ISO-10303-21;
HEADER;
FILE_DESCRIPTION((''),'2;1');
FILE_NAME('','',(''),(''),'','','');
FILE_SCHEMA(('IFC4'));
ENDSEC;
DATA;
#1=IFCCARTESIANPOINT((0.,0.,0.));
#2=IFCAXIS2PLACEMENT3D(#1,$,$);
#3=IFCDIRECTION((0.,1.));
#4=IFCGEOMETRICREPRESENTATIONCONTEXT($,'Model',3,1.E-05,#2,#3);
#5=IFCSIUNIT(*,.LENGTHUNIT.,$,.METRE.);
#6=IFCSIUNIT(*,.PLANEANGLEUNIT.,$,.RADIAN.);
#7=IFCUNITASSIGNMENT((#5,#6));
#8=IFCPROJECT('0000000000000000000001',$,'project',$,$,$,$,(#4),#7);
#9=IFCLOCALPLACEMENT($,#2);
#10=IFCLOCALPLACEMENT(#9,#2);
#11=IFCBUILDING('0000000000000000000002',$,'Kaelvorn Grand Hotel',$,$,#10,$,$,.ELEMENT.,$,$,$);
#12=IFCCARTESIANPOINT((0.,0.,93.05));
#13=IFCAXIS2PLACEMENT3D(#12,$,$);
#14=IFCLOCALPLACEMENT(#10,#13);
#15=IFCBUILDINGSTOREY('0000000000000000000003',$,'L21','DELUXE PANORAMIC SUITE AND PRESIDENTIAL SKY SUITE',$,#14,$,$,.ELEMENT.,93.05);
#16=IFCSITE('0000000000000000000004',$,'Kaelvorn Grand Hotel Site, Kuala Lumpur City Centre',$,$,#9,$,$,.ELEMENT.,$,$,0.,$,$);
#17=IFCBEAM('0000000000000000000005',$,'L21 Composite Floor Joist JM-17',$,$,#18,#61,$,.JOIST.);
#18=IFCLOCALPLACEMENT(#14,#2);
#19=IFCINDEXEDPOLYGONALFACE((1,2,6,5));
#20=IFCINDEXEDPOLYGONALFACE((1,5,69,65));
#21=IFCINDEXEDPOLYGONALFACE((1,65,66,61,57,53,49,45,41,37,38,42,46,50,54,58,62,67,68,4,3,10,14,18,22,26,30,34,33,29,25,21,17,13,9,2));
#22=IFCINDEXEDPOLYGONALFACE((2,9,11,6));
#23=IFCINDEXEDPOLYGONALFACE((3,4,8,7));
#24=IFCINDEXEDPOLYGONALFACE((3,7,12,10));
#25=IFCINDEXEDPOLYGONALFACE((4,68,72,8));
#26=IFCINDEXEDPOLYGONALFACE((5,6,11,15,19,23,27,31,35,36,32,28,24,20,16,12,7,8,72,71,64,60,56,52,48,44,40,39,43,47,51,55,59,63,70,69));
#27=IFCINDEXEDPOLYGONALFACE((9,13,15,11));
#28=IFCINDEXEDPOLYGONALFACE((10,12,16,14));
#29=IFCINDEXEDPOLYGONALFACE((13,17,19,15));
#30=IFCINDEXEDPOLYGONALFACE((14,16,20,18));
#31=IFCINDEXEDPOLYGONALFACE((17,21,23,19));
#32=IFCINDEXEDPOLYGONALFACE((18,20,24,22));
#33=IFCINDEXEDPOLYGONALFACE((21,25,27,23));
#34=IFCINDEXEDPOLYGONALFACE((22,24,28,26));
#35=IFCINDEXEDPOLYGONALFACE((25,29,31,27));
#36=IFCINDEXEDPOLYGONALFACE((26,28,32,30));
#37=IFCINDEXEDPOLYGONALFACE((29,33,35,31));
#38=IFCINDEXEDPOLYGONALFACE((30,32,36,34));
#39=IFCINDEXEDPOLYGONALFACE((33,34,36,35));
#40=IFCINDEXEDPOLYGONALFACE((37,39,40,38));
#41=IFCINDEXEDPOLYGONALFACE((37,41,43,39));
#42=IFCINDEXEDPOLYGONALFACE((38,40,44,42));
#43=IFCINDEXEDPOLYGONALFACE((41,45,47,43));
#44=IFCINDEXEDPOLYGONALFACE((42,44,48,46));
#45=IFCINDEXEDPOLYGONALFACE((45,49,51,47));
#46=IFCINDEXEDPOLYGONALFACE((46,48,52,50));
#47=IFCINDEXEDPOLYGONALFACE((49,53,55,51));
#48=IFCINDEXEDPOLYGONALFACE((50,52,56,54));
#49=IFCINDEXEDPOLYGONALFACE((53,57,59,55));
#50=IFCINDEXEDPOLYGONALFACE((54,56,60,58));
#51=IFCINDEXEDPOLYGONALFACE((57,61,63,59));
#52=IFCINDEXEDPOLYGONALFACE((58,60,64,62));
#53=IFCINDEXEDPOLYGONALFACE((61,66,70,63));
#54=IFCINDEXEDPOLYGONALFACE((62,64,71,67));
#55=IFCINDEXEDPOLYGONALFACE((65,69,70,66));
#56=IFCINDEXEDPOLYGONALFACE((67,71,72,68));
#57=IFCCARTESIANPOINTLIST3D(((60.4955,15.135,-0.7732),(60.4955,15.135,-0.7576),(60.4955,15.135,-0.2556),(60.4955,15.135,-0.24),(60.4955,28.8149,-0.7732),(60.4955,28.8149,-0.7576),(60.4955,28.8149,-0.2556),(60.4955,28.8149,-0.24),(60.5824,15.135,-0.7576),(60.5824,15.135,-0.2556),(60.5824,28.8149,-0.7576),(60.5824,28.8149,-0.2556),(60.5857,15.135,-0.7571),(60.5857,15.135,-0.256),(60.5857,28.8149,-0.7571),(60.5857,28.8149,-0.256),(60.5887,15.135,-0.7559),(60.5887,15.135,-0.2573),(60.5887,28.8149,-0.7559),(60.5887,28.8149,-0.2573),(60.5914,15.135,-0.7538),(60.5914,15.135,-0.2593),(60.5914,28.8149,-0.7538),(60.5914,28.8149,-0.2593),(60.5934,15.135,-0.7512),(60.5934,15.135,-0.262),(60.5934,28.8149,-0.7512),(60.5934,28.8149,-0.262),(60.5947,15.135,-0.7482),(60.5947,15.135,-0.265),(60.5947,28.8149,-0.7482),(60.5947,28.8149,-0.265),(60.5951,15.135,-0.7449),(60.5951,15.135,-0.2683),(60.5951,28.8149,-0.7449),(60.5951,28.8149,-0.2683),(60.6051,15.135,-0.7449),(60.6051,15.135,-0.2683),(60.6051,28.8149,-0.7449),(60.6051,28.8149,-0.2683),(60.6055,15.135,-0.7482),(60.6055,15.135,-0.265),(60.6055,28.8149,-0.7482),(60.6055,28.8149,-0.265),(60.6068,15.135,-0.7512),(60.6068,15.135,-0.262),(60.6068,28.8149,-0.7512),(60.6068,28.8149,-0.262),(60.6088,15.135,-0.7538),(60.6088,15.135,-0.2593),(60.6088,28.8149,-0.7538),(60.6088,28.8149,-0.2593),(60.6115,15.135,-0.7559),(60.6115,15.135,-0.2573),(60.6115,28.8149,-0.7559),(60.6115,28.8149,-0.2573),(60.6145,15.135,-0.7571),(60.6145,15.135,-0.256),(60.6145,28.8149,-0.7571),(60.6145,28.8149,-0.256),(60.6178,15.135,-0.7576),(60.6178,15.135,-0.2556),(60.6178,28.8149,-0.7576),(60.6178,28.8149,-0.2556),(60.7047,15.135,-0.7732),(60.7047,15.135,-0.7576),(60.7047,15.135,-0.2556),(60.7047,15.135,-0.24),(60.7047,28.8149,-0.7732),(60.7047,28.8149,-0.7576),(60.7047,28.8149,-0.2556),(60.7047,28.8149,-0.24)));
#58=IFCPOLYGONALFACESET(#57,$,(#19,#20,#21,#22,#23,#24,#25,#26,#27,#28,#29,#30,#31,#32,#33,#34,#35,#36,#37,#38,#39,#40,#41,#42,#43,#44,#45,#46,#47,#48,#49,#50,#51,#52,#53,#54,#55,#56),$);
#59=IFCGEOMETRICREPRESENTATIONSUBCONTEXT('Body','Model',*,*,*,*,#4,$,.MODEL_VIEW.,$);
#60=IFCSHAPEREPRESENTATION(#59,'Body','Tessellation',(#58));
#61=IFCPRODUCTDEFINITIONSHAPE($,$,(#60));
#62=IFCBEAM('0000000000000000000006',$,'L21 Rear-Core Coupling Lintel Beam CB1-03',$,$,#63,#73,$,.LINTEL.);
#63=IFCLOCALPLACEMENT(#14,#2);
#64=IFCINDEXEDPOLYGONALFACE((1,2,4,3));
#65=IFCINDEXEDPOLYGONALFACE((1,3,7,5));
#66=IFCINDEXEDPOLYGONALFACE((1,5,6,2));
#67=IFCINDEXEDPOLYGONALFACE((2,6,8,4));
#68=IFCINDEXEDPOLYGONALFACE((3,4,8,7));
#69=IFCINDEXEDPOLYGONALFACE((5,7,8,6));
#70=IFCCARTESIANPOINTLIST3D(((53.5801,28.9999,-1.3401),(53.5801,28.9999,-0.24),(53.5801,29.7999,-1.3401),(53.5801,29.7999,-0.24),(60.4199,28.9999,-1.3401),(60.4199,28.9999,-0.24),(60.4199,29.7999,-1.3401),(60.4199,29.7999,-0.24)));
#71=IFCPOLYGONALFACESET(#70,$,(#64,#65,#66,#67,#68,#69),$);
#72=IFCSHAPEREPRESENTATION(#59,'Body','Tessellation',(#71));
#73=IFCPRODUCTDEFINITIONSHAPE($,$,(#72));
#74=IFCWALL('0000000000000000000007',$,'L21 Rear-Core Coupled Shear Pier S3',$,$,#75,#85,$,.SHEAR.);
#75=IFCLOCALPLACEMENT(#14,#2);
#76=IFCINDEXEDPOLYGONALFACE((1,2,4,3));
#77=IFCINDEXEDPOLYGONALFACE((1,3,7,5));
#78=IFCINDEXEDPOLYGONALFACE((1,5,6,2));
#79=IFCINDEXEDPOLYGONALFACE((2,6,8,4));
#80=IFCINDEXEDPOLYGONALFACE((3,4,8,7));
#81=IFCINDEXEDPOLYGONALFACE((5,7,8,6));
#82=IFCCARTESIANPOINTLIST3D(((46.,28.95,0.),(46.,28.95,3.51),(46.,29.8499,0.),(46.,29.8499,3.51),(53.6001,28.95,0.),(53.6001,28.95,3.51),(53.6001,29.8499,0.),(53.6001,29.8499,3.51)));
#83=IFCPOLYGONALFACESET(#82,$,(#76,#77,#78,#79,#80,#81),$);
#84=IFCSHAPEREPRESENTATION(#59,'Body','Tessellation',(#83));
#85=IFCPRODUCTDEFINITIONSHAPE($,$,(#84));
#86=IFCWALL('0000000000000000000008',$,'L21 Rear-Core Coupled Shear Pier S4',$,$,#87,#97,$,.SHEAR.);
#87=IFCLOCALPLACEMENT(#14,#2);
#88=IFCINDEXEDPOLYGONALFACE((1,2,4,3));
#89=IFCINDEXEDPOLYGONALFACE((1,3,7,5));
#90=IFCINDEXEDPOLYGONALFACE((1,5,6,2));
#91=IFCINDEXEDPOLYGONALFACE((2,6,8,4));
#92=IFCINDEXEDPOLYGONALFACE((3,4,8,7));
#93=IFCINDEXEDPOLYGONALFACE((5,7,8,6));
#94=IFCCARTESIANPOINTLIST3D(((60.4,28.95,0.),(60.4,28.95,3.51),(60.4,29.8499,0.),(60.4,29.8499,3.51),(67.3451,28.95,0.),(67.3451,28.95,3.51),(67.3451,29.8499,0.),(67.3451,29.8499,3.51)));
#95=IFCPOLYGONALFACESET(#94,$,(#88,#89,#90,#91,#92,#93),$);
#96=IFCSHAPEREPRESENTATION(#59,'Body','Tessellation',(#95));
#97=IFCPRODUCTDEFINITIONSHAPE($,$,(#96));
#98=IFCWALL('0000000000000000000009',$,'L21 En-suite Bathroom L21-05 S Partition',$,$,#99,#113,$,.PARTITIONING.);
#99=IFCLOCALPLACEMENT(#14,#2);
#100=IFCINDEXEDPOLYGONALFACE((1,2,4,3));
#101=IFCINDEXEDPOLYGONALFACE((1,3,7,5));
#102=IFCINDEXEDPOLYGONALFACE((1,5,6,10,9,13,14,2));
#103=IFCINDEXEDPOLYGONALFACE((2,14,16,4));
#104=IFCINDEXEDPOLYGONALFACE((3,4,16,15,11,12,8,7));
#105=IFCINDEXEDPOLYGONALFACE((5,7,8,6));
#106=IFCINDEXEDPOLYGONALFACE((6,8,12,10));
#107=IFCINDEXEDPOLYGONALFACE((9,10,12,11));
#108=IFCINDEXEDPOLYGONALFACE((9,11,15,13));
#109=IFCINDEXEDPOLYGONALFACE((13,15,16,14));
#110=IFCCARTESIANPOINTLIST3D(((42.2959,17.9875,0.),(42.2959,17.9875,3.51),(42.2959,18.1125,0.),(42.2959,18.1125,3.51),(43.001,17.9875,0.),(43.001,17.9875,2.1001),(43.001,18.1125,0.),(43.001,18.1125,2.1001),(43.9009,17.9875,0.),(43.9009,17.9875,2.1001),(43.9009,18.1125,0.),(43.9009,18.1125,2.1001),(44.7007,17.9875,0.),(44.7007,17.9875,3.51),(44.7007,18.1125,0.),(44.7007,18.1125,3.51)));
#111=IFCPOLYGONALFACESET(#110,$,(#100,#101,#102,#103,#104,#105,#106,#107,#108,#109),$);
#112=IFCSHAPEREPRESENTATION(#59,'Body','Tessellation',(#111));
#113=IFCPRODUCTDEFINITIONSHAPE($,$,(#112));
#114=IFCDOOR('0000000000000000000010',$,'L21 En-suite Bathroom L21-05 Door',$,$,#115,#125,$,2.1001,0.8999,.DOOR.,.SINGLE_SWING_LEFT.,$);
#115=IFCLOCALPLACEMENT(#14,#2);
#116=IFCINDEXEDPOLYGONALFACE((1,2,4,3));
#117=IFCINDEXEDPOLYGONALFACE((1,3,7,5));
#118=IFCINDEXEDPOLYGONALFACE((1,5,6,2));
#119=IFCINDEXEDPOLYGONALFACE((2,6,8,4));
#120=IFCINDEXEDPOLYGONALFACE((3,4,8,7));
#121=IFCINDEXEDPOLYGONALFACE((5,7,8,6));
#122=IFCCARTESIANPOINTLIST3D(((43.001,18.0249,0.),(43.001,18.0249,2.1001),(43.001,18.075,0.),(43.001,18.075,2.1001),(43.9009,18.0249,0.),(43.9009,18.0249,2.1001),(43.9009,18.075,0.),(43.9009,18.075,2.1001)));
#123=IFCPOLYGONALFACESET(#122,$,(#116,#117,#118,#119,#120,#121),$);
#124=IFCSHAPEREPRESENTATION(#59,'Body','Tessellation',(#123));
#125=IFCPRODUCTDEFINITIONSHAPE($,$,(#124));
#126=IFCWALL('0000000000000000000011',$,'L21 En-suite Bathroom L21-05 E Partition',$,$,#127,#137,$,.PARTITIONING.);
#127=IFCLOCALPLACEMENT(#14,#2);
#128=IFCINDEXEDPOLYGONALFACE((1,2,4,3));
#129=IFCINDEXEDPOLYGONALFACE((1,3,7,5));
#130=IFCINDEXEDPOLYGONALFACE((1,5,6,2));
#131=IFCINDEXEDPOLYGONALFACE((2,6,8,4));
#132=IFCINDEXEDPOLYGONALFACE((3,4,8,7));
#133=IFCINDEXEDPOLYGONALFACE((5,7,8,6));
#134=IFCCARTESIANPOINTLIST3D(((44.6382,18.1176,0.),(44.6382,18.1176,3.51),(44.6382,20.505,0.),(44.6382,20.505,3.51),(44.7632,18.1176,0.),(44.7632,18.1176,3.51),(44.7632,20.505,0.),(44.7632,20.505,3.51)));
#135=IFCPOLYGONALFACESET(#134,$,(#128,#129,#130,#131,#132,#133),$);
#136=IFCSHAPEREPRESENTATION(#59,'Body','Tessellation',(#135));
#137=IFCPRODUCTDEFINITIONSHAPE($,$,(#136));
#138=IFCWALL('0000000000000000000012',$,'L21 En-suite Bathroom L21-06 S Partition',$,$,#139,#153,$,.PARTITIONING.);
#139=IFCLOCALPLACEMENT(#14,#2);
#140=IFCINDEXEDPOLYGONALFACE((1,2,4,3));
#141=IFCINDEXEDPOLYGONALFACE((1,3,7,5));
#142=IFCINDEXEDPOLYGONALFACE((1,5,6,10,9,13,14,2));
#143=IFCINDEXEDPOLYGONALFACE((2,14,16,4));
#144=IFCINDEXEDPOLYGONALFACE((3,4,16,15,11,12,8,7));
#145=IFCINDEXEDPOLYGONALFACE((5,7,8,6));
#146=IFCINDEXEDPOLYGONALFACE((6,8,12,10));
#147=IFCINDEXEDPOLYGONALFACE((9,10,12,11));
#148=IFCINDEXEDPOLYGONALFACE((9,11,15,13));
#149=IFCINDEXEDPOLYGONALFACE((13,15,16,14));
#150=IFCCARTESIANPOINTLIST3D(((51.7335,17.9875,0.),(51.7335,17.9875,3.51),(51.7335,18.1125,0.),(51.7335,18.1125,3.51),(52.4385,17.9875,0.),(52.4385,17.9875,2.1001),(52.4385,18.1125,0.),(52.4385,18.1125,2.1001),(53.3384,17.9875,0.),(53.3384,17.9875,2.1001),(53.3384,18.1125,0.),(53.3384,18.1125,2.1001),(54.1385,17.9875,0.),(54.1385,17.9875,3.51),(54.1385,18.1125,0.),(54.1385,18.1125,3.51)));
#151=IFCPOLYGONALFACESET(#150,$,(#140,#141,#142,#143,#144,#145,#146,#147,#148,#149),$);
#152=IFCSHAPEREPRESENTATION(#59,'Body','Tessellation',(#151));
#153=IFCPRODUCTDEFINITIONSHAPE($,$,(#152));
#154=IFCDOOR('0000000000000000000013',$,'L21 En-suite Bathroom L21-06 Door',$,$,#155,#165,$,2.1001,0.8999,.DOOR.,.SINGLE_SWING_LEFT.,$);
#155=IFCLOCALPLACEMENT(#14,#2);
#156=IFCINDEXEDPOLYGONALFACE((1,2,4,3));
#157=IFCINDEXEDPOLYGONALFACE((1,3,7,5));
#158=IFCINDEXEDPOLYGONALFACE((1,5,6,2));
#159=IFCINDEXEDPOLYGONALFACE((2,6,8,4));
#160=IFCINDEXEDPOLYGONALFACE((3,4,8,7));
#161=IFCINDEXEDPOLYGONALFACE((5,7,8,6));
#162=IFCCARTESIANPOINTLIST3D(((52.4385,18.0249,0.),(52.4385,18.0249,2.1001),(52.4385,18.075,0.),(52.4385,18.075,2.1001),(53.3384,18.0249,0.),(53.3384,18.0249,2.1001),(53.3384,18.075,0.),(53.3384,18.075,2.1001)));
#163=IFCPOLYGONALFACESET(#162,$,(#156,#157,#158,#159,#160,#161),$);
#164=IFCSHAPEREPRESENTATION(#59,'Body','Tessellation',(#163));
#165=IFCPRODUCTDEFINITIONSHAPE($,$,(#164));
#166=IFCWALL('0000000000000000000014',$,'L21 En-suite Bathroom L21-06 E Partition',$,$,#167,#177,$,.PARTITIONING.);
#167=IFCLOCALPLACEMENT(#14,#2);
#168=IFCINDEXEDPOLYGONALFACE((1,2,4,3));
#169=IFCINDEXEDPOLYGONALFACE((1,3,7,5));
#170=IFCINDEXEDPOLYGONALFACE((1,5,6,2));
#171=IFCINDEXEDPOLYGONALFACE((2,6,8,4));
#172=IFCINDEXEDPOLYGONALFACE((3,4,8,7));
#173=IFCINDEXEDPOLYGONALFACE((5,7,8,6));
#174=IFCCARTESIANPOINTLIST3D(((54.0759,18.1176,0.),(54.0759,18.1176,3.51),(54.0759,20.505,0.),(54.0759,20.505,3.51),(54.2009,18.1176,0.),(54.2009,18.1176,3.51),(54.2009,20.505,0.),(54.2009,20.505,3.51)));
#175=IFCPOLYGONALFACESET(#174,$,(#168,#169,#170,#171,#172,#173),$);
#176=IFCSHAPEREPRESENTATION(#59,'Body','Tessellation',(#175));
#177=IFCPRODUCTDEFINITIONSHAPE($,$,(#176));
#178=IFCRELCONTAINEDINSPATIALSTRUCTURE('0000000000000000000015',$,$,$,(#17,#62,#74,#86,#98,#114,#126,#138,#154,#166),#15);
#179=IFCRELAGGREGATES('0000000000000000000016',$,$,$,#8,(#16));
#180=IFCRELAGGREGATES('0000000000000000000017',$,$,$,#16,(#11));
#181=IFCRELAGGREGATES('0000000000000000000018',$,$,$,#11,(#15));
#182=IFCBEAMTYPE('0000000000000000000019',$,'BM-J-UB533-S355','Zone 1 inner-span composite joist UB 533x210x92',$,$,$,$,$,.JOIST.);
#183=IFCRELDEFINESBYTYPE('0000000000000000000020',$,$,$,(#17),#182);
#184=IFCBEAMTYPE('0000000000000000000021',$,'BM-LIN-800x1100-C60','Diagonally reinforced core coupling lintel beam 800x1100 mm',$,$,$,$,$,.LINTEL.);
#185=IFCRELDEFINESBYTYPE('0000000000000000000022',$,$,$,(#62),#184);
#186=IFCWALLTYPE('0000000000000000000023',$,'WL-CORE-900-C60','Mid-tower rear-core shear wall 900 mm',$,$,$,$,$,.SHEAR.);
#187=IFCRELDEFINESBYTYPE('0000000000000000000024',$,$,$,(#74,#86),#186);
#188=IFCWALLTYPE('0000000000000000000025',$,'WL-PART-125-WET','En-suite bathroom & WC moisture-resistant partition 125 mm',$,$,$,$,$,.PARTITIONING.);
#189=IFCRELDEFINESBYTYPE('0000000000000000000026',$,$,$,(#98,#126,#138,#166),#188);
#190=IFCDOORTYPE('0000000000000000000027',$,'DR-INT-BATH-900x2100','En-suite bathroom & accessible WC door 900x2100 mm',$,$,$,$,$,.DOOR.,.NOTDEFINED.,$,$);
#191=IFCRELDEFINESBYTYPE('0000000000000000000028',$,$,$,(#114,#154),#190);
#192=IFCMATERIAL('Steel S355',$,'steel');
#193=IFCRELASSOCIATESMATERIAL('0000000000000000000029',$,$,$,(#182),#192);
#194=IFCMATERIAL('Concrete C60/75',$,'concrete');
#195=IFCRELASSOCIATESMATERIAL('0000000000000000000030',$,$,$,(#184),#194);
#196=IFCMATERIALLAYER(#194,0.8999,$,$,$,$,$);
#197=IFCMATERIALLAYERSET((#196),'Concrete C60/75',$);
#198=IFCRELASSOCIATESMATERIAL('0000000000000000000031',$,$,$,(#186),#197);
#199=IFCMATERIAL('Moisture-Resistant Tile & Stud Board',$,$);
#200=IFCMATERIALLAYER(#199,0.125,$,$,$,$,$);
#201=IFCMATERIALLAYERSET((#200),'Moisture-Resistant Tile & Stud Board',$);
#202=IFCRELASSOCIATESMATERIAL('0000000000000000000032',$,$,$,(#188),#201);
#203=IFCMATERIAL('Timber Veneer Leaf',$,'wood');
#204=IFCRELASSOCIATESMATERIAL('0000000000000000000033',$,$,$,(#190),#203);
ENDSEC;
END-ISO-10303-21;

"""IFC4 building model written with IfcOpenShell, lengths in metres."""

from ifc_helpers import new_model, si_unit, direction, frame, frame_2d, origin, origin_2d, place, context, subcontext, project, spatial, rectangle, i_section, extrude, material, layer, layer_set, material_profile, profile_set, type_object, element, fill, save


model = new_model("IFC4")

# Units and contexts
model_context = context("Model", 3, precision=1e-05, world=origin(), true_north=direction((0.0, 1.0)))
body_context = subcontext(model_context, "Body", "Model", "MODEL_VIEW")
ifc_project = project(units=[si_unit("LENGTHUNIT", "METRE"), si_unit("PLANEANGLEUNIT", "RADIAN")], contexts=[model_context])

# Site, building, storey
site_placement = place(None, origin())
site = spatial("IfcSite", under=ifc_project, at=site_placement, Name="Kaelvorn Grand Hotel Site, Kuala Lumpur City Centre", CompositionType="ELEMENT", RefElevation=0.0)
building_placement = place(site_placement, origin())
building = spatial("IfcBuilding", under=site, at=building_placement, Name="Kaelvorn Grand Hotel", CompositionType="ELEMENT")
storey_placement = place(building_placement, frame((0.0, 0.0, 93.05)))
storey = spatial("IfcBuildingStorey", under=building, at=storey_placement, Name="L21", Description="DELUXE PANORAMIC SUITE AND PRESIDENTIAL SKY SUITE", CompositionType="ELEMENT", Elevation=93.05)

# Shared definitions
ifc_material_1 = material(Name="Concrete C60/75", Category="concrete")

# Beams
ifc_material_2 = material(Name="Steel S355", Category="steel")
ifc_material_profile_1 = material_profile(ifc_material_2, i_section(OverallWidth=0.2092, OverallDepth=0.5332, WebThickness=0.01, FlangeThickness=0.0156, FilletRadius=0.0127, at=origin_2d()), Name="UB 533x210x92")
ifc_profile_set_1 = profile_set([ifc_material_profile_1], Name="Steel S355")
beam_type_1 = type_object("IfcBeamType", Name="BM-J-UB533-S355", Description="Zone 1 inner-span composite joist UB 533x210x92", PredefinedType="JOIST", material=ifc_profile_set_1)
beam_1_placement = place(storey_placement, frame((60.6001, 15.135, -0.5066), z_axis=(0.0, 1.0, 0.0), x_axis=(-1.0, 0.0, 0.0)))
element("IfcBeam", 1, at=beam_1_placement, inside=storey, type_object=beam_type_1, Name="L21 Composite Floor Joist JM-17", PredefinedType="JOIST", context=body_context, shape_type="SweptSolid", body=[
    extrude(i_section(OverallWidth=0.2092, OverallDepth=0.5332, WebThickness=0.01, FlangeThickness=0.0156, FilletRadius=0.0127, at=origin_2d()), origin(), (0.0, 0.0, 1.0), 13.6799),
])
ifc_material_profile_2 = material_profile(ifc_material_1, rectangle(XDim=0.8, YDim=1.1001, at=origin_2d()), Name="RC LINTEL 800x1100")
ifc_profile_set_2 = profile_set([ifc_material_profile_2], Name="Concrete C60/75")
beam_type_2 = type_object("IfcBeamType", Name="BM-LIN-800x1100-C60", Description="Diagonally reinforced core coupling lintel beam 800x1100 mm", PredefinedType="LINTEL", material=ifc_profile_set_2)
beam_2_placement = place(storey_placement, frame((53.5801, 29.3999, -0.79), z_axis=(1.0, 0.0, 0.0), x_axis=(0.0, 1.0, 0.0)))
element("IfcBeam", 2, at=beam_2_placement, inside=storey, type_object=beam_type_2, Name="L21 Rear-Core Coupling Lintel Beam CB1-03", PredefinedType="LINTEL", context=body_context, shape_type="SweptSolid", body=[
    extrude(rectangle(XDim=0.8, YDim=1.1001, at=origin_2d()), origin(), (0.0, 0.0, 1.0), 6.8398),
])

# Walls
ifc_layer_1 = layer(ifc_material_1, 0.8999)
ifc_layer_set_1 = layer_set([ifc_layer_1], Name="Concrete C60/75")
wall_type_1 = type_object("IfcWallType", Name="WL-CORE-900-C60", Description="Mid-tower rear-core shear wall 900 mm", PredefinedType="SHEAR", material=ifc_layer_set_1)
wall_1_placement = place(storey_placement, frame((46.0, 29.3999, 0.0), z_axis=(0.0, 0.0, 1.0), x_axis=(1.0, 0.0, 0.0)))
element("IfcWall", 3, at=wall_1_placement, inside=storey, type_object=wall_type_1, Name="L21 Rear-Core Coupled Shear Pier S3", PredefinedType="SHEAR", context=body_context, shape_type="SweptSolid", body=[
    extrude(rectangle(XDim=7.6001, YDim=0.8999, at=frame_2d((3.8, 0.0))), origin(), (0.0, 0.0, 1.0), 3.51),
])
wall_2_placement = place(storey_placement, frame((60.3999, 29.3999, 0.0), z_axis=(0.0, 0.0, 1.0), x_axis=(1.0, 0.0, 0.0)))
element("IfcWall", 4, at=wall_2_placement, inside=storey, type_object=wall_type_1, Name="L21 Rear-Core Coupled Shear Pier S4", PredefinedType="SHEAR", context=body_context, shape_type="SweptSolid", body=[
    extrude(rectangle(XDim=6.9451, YDim=0.8999, at=frame_2d((3.4727, 0.0))), origin(), (0.0, 0.0, 1.0), 3.51),
])

# Wall, opening, door
ifc_material_3 = material(Name="Moisture-Resistant Tile & Stud Board")
ifc_layer_2 = layer(ifc_material_3, 0.125)
ifc_layer_set_2 = layer_set([ifc_layer_2], Name="Moisture-Resistant Tile & Stud Board")
wall_type_2 = type_object("IfcWallType", Name="WL-PART-125-WET", Description="En-suite bathroom & WC moisture-resistant partition 125 mm", PredefinedType="PARTITIONING", material=ifc_layer_set_2)
wall_3_placement = place(storey_placement, frame((42.2959, 18.05, 0.0), z_axis=(0.0, 0.0, 1.0), x_axis=(1.0, 0.0, 0.0)))
wall_3 = element("IfcWall", 5, at=wall_3_placement, inside=storey, type_object=wall_type_2, Name="L21 En-suite Bathroom L21-05 S Partition", PredefinedType="PARTITIONING", context=body_context, shape_type="SweptSolid", body=[
    extrude(rectangle(XDim=2.4048, YDim=0.125, at=frame_2d((1.2024, 0.0))), origin(), (0.0, 0.0, 1.0), 3.51),
])
opening_1_placement = place(wall_3_placement, frame((0.7051, 0.0, 0.0)))
opening_1 = element("IfcOpeningElement", 6, at=opening_1_placement, cuts=wall_3, PredefinedType="OPENING", context=body_context, shape_type="SweptSolid", body=[
    extrude(rectangle(XDim=0.8999, YDim=2.1001, at=frame_2d((0.45, 1.05))), frame((0.0, 0.0725, 0.0), z_axis=(0.0, -1.0, 0.0), x_axis=(1.0, 0.0, 0.0)), (0.0, 0.0, 1.0), 0.145),
])
ifc_material_4 = material(Name="Timber Veneer Leaf", Category="wood")
door_type_1 = type_object("IfcDoorType", Name="DR-INT-BATH-900x2100", Description="En-suite bathroom & accessible WC door 900x2100 mm", OperationType="NOTDEFINED", PredefinedType="DOOR", material=ifc_material_4)
door_1_placement = place(opening_1_placement, origin())
door_1 = element("IfcDoor", 7, at=door_1_placement, inside=storey, type_object=door_type_1, Name="L21 En-suite Bathroom L21-05 Door", OperationType="SINGLE_SWING_LEFT", OverallHeight=2.1001, OverallWidth=0.8999, PredefinedType="DOOR", context=body_context, shape_type="SweptSolid", body=[
    extrude(rectangle(XDim=0.8999, YDim=2.1001, at=frame_2d((0.45, 1.05))), frame((0.0, 0.0249, 0.0), z_axis=(0.0, -1.0, 0.0), x_axis=(1.0, 0.0, 0.0)), (0.0, 0.0, 1.0), 0.05),
])
fill(opening_1, door_1)

# Wall
wall_4_placement = place(storey_placement, frame((44.7007, 18.1174, 0.0), z_axis=(0.0, 0.0, 1.0), x_axis=(0.0, 1.0, 0.0)))
element("IfcWall", 8, at=wall_4_placement, inside=storey, type_object=wall_type_2, Name="L21 En-suite Bathroom L21-05 E Partition", PredefinedType="PARTITIONING", context=body_context, shape_type="SweptSolid", body=[
    extrude(rectangle(XDim=2.3875, YDim=0.125, at=frame_2d((1.1938, 0.0))), origin(), (0.0, 0.0, 1.0), 3.51),
])

# Wall, opening, door
wall_5_placement = place(storey_placement, frame((51.7334, 18.05, 0.0), z_axis=(0.0, 0.0, 1.0), x_axis=(1.0, 0.0, 0.0)))
wall_5 = element("IfcWall", 9, at=wall_5_placement, inside=storey, type_object=wall_type_2, Name="L21 En-suite Bathroom L21-06 S Partition", PredefinedType="PARTITIONING", context=body_context, shape_type="SweptSolid", body=[
    extrude(rectangle(XDim=2.405, YDim=0.125, at=frame_2d((1.2026, 0.0))), origin(), (0.0, 0.0, 1.0), 3.51),
])
opening_2_placement = place(wall_5_placement, frame((0.7051, 0.0, 0.0)))
opening_2 = element("IfcOpeningElement", 10, at=opening_2_placement, cuts=wall_5, PredefinedType="OPENING", context=body_context, shape_type="SweptSolid", body=[
    extrude(rectangle(XDim=0.8999, YDim=2.1001, at=frame_2d((0.45, 1.05))), frame((0.0, 0.0725, 0.0), z_axis=(0.0, -1.0, 0.0), x_axis=(1.0, 0.0, 0.0)), (0.0, 0.0, 1.0), 0.145),
])
door_2_placement = place(opening_2_placement, origin())
door_2 = element("IfcDoor", 11, at=door_2_placement, inside=storey, type_object=door_type_1, Name="L21 En-suite Bathroom L21-06 Door", OperationType="SINGLE_SWING_LEFT", OverallHeight=2.1001, OverallWidth=0.8999, PredefinedType="DOOR", context=body_context, shape_type="SweptSolid", body=[
    extrude(rectangle(XDim=0.8999, YDim=2.1001, at=frame_2d((0.45, 1.05))), frame((0.0, 0.0249, 0.0), z_axis=(0.0, -1.0, 0.0), x_axis=(1.0, 0.0, 0.0)), (0.0, 0.0, 1.0), 0.05),
])
fill(opening_2, door_2)

# Wall
wall_6_placement = place(storey_placement, frame((54.1384, 18.1174, 0.0), z_axis=(0.0, 0.0, 1.0), x_axis=(0.0, 1.0, 0.0)))
element("IfcWall", 12, at=wall_6_placement, inside=storey, type_object=wall_type_2, Name="L21 En-suite Bathroom L21-06 E Partition", PredefinedType="PARTITIONING", context=body_context, shape_type="SweptSolid", body=[
    extrude(rectangle(XDim=2.3875, YDim=0.125, at=frame_2d((1.1938, 0.0))), origin(), (0.0, 0.0, 1.0), 3.51),
])

save(model, "model.ifc")
